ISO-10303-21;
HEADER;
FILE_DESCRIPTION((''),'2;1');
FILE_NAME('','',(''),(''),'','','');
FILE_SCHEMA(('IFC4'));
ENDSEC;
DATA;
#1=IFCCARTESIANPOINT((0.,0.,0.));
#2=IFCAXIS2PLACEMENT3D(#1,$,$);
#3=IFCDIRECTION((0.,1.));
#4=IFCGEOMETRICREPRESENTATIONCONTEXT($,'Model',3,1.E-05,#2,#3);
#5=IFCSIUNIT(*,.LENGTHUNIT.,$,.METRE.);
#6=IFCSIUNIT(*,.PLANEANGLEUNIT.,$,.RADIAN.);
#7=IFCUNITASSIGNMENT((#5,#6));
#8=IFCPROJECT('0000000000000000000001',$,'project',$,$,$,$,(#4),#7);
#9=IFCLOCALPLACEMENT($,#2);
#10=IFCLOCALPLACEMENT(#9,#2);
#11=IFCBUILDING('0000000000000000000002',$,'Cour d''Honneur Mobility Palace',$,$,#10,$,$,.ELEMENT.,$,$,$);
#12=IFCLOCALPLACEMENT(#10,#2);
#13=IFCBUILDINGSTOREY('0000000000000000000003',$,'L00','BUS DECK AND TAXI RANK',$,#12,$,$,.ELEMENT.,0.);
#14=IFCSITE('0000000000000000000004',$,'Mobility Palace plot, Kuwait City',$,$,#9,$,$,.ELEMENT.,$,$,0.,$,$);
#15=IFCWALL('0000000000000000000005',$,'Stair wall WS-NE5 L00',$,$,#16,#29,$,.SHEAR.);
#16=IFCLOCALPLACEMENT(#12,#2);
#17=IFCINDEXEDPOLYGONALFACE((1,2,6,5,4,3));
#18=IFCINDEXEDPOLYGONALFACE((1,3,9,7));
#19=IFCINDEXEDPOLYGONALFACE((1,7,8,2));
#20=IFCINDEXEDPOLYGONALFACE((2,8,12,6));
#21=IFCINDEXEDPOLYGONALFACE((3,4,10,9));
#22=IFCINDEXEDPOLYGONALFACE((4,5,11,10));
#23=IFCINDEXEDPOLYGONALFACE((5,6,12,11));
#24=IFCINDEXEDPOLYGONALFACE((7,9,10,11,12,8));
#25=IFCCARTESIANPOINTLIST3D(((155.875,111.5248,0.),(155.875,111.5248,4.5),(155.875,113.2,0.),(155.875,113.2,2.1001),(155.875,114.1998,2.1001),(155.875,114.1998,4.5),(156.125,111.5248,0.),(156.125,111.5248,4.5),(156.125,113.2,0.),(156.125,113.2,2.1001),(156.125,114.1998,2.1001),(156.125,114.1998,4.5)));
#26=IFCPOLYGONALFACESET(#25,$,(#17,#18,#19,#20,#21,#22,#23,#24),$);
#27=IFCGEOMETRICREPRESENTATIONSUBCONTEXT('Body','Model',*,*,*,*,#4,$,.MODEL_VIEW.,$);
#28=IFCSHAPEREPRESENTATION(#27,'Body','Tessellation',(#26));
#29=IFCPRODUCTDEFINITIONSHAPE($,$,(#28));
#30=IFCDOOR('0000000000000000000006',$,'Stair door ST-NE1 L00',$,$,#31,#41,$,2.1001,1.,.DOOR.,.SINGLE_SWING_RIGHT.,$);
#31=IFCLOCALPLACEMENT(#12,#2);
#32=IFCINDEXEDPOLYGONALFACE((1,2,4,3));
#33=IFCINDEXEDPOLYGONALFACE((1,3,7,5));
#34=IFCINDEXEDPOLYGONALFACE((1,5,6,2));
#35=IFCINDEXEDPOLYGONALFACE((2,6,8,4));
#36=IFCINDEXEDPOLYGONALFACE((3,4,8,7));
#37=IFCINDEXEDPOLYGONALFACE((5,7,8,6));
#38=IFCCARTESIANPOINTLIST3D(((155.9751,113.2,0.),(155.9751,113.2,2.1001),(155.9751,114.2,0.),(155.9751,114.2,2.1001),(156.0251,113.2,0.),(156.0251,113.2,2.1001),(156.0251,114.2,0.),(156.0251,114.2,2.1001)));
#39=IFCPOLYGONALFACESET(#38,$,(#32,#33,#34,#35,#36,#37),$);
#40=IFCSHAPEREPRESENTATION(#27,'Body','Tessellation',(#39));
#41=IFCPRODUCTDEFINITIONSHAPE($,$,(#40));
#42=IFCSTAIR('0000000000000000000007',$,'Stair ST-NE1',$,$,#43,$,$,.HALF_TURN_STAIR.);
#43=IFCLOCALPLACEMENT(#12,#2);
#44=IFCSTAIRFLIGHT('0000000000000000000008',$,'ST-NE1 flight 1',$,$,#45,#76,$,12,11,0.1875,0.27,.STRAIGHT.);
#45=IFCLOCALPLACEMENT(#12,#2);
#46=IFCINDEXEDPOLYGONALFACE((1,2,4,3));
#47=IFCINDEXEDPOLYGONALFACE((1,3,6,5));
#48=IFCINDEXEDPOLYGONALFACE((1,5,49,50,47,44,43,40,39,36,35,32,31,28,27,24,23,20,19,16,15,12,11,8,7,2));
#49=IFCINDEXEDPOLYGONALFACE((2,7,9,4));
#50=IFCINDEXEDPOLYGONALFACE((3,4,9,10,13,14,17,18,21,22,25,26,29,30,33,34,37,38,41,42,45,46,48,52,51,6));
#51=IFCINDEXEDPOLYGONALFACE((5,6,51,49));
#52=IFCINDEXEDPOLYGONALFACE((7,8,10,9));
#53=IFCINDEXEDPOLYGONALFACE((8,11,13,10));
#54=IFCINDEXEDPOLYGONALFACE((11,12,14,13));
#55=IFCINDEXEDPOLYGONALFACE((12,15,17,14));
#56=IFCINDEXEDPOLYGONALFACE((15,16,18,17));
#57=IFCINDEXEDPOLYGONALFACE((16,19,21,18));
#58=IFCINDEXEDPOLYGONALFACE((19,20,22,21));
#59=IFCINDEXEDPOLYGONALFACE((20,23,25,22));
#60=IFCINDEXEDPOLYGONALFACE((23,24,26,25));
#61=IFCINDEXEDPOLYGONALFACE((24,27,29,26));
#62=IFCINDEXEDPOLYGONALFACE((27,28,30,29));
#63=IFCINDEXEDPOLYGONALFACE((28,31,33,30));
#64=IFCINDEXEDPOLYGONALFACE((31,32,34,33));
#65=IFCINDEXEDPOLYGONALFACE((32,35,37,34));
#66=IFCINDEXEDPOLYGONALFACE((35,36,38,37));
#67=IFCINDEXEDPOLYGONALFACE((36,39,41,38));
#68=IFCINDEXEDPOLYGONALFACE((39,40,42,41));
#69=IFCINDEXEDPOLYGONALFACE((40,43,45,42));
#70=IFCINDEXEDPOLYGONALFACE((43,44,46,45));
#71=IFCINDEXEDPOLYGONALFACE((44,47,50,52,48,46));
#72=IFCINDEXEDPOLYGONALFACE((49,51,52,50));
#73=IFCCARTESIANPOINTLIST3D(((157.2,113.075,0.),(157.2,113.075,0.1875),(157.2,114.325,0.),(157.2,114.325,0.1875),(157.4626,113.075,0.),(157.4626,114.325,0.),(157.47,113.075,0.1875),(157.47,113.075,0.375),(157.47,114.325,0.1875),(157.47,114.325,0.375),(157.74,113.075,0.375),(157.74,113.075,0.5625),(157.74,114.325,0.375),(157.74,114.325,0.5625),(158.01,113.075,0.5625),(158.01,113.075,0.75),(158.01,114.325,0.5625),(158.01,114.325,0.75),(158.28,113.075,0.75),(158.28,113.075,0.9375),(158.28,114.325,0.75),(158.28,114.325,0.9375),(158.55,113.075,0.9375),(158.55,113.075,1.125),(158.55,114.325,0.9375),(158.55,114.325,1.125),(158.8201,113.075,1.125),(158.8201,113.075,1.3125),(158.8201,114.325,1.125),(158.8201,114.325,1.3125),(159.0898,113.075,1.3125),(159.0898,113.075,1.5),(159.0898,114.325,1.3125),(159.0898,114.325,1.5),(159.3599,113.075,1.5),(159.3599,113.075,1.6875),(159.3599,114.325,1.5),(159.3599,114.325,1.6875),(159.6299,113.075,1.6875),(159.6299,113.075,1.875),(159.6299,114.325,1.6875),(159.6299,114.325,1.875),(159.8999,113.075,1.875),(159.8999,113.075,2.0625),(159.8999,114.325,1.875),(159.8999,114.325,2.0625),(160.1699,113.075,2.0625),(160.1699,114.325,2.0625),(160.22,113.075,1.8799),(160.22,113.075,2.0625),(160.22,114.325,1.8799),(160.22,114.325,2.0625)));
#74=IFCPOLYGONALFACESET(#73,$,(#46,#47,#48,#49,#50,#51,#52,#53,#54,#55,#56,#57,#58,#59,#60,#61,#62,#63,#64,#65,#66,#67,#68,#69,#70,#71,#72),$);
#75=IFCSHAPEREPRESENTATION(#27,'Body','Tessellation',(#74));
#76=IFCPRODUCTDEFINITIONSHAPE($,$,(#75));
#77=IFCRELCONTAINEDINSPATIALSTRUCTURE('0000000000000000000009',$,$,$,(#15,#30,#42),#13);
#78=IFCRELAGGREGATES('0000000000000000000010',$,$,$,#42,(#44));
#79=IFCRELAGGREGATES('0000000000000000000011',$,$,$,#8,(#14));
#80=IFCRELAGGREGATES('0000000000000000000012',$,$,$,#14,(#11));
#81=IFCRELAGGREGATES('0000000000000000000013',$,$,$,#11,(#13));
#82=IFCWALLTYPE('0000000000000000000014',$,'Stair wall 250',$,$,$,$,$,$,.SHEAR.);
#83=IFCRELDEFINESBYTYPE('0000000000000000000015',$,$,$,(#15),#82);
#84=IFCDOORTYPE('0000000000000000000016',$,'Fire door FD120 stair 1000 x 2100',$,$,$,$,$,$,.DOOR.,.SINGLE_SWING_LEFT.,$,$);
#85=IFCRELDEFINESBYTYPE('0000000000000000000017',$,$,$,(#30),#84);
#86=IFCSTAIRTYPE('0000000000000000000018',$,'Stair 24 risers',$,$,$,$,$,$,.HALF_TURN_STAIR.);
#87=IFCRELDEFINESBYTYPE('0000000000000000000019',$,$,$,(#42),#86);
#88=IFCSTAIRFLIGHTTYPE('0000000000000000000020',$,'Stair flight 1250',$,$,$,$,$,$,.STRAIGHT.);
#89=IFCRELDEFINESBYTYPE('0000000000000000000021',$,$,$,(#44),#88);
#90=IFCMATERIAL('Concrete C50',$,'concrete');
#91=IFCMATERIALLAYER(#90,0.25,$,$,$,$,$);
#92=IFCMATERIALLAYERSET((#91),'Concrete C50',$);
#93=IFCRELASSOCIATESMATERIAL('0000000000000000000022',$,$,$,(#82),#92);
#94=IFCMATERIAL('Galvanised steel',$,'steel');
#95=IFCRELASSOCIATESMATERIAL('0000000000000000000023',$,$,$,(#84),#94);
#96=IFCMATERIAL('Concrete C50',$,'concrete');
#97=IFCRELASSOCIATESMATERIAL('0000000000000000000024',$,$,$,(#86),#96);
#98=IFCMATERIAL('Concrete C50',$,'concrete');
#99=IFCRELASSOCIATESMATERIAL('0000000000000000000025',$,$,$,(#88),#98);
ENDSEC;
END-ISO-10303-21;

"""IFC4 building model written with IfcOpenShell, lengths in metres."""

from ifc_helpers import new_model, si_unit, direction, frame, frame_2d, origin, place, context, subcontext, project, spatial, polyline, rectangle, outline, extrude, material, layer, layer_set, type_object, element, fill, aggregate, save


model = new_model("IFC4")

# Units and contexts
model_context = context("Model", 3, precision=1e-05, world=origin(), true_north=direction((0.0, 1.0)))
body_context = subcontext(model_context, "Body", "Model", "MODEL_VIEW")
ifc_project = project(units=[si_unit("LENGTHUNIT", "METRE"), si_unit("PLANEANGLEUNIT", "RADIAN")], contexts=[model_context])

# Site, building, storey
site_placement = place(None, origin())
site = spatial("IfcSite", under=ifc_project, at=site_placement, Name="Mobility Palace plot, Kuwait City", CompositionType="ELEMENT", RefElevation=0.0)
building_placement = place(site_placement, origin())
building = spatial("IfcBuilding", under=site, at=building_placement, Name="Cour d'Honneur Mobility Palace", CompositionType="ELEMENT")
storey_placement = place(building_placement, origin())
storey = spatial("IfcBuildingStorey", under=building, at=storey_placement, Name="L00", Description="BUS DECK AND TAXI RANK", CompositionType="ELEMENT", Elevation=0.0)

# Shared definitions
ifc_material_1 = material(Name="Concrete C50", Category="concrete")
ifc_layer_1 = layer(ifc_material_1, 0.25)
ifc_layer_set_1 = layer_set([ifc_layer_1], Name="Concrete C50")
wall_type_1 = type_object("IfcWallType", Name="Stair wall 250", PredefinedType="SHEAR", material=ifc_layer_set_1)

# Wall, opening, door
wall_1_placement = place(storey_placement, frame((156.0, 111.5249, 0.0), z_axis=(0.0, 0.0, 1.0), x_axis=(0.0, 1.0, 0.0)))
wall_1 = element("IfcWall", 1, at=wall_1_placement, inside=storey, type_object=wall_type_1, Name="Stair wall WS-NE5 L00", PredefinedType="SHEAR", context=body_context, shape_type="SweptSolid", body=[
    extrude(rectangle(XDim=2.675, YDim=0.25, at=frame_2d((1.3374, 0.0))), origin(), (0.0, 0.0, 1.0), 4.5),
])
opening_1_placement = place(wall_1_placement, frame((1.675, 0.0, 0.0)))
opening_1 = element("IfcOpeningElement", 2, at=opening_1_placement, cuts=wall_1, PredefinedType="OPENING", context=body_context, shape_type="SweptSolid", body=[
    extrude(rectangle(XDim=1.0, YDim=2.1001, at=frame_2d((0.5, 1.05))), frame((0.0, 0.135, 0.0), z_axis=(0.0, -1.0, 0.0), x_axis=(1.0, 0.0, 0.0)), (0.0, 0.0, 1.0), 0.27),
])
ifc_material_2 = material(Name="Galvanised steel", Category="steel")
door_type_1 = type_object("IfcDoorType", Name="Fire door FD120 stair 1000 x 2100", OperationType="SINGLE_SWING_LEFT", PredefinedType="DOOR", material=ifc_material_2)
door_1_placement = place(opening_1_placement, origin())
door_1 = element("IfcDoor", 3, at=door_1_placement, inside=storey, type_object=door_type_1, Name="Stair door ST-NE1 L00", OperationType="SINGLE_SWING_RIGHT", OverallHeight=2.1001, OverallWidth=1.0, PredefinedType="DOOR", context=body_context, shape_type="SweptSolid", body=[
    extrude(rectangle(XDim=1.0, YDim=2.1001, at=frame_2d((0.5, 1.05))), frame((0.0, 0.0249, 0.0), z_axis=(0.0, -1.0, 0.0), x_axis=(1.0, 0.0, 0.0)), (0.0, 0.0, 1.0), 0.05),
])
fill(opening_1, door_1)

# Stair, stair flight
ifc_material_3 = material(Name="Concrete C50", Category="concrete")
stair_type = type_object("IfcStairType", Name="Stair 24 risers", PredefinedType="HALF_TURN_STAIR", material=ifc_material_3)
stair_placement = place(storey_placement, origin())
stair = element("IfcStair", 4, at=stair_placement, inside=storey, type_object=stair_type, Name="Stair ST-NE1", PredefinedType="HALF_TURN_STAIR")
ifc_material_4 = material(Name="Concrete C50", Category="concrete")
stair_flight_type = type_object("IfcStairFlightType", Name="Stair flight 1250", PredefinedType="STRAIGHT", material=ifc_material_4)
stair_flight_placement = place(storey_placement, frame((157.2, 113.7, 0.0), z_axis=(0.0, 0.0, 1.0), x_axis=(1.0, 0.0, 0.0)))
stair_flight = element("IfcStairFlight", 5, at=stair_flight_placement, type_object=stair_flight_type, Name="ST-NE1 flight 1", NumberOfRisers=12, NumberOfTreads=11, PredefinedType="STRAIGHT", RiserHeight=0.1875, TreadLength=0.27, context=body_context, shape_type="SweptSolid", body=[
    extrude(outline(polyline([(0.0, 0.0), (0.0, 0.1875), (0.27, 0.1875), (0.27, 0.375), (0.54, 0.375), (0.54, 0.5625), (0.8101, 0.5625), (0.8101, 0.75), (1.0801, 0.75), (1.0801, 0.9375), (1.3501, 0.9375), (1.3501, 1.125), (1.6201, 1.125), (1.6201, 1.3125), (1.8899, 1.3125), (1.8899, 1.5), (2.1599, 1.5), (2.1599, 1.6875), (2.4299, 1.6875), (2.4299, 1.875), (2.7, 1.875), (2.7, 2.0625), (2.97, 2.0625), (3.02, 2.0625), (3.02, 1.8799), (0.2627, 0.0), (0.0, 0.0)])), frame((0.0, 0.625, 0.0), z_axis=(0.0, -1.0, 0.0), x_axis=(1.0, 0.0, 0.0)), (0.0, 0.0, 1.0), 1.25),
])
aggregate(stair, [stair_flight])

save(model, "model.ifc")
